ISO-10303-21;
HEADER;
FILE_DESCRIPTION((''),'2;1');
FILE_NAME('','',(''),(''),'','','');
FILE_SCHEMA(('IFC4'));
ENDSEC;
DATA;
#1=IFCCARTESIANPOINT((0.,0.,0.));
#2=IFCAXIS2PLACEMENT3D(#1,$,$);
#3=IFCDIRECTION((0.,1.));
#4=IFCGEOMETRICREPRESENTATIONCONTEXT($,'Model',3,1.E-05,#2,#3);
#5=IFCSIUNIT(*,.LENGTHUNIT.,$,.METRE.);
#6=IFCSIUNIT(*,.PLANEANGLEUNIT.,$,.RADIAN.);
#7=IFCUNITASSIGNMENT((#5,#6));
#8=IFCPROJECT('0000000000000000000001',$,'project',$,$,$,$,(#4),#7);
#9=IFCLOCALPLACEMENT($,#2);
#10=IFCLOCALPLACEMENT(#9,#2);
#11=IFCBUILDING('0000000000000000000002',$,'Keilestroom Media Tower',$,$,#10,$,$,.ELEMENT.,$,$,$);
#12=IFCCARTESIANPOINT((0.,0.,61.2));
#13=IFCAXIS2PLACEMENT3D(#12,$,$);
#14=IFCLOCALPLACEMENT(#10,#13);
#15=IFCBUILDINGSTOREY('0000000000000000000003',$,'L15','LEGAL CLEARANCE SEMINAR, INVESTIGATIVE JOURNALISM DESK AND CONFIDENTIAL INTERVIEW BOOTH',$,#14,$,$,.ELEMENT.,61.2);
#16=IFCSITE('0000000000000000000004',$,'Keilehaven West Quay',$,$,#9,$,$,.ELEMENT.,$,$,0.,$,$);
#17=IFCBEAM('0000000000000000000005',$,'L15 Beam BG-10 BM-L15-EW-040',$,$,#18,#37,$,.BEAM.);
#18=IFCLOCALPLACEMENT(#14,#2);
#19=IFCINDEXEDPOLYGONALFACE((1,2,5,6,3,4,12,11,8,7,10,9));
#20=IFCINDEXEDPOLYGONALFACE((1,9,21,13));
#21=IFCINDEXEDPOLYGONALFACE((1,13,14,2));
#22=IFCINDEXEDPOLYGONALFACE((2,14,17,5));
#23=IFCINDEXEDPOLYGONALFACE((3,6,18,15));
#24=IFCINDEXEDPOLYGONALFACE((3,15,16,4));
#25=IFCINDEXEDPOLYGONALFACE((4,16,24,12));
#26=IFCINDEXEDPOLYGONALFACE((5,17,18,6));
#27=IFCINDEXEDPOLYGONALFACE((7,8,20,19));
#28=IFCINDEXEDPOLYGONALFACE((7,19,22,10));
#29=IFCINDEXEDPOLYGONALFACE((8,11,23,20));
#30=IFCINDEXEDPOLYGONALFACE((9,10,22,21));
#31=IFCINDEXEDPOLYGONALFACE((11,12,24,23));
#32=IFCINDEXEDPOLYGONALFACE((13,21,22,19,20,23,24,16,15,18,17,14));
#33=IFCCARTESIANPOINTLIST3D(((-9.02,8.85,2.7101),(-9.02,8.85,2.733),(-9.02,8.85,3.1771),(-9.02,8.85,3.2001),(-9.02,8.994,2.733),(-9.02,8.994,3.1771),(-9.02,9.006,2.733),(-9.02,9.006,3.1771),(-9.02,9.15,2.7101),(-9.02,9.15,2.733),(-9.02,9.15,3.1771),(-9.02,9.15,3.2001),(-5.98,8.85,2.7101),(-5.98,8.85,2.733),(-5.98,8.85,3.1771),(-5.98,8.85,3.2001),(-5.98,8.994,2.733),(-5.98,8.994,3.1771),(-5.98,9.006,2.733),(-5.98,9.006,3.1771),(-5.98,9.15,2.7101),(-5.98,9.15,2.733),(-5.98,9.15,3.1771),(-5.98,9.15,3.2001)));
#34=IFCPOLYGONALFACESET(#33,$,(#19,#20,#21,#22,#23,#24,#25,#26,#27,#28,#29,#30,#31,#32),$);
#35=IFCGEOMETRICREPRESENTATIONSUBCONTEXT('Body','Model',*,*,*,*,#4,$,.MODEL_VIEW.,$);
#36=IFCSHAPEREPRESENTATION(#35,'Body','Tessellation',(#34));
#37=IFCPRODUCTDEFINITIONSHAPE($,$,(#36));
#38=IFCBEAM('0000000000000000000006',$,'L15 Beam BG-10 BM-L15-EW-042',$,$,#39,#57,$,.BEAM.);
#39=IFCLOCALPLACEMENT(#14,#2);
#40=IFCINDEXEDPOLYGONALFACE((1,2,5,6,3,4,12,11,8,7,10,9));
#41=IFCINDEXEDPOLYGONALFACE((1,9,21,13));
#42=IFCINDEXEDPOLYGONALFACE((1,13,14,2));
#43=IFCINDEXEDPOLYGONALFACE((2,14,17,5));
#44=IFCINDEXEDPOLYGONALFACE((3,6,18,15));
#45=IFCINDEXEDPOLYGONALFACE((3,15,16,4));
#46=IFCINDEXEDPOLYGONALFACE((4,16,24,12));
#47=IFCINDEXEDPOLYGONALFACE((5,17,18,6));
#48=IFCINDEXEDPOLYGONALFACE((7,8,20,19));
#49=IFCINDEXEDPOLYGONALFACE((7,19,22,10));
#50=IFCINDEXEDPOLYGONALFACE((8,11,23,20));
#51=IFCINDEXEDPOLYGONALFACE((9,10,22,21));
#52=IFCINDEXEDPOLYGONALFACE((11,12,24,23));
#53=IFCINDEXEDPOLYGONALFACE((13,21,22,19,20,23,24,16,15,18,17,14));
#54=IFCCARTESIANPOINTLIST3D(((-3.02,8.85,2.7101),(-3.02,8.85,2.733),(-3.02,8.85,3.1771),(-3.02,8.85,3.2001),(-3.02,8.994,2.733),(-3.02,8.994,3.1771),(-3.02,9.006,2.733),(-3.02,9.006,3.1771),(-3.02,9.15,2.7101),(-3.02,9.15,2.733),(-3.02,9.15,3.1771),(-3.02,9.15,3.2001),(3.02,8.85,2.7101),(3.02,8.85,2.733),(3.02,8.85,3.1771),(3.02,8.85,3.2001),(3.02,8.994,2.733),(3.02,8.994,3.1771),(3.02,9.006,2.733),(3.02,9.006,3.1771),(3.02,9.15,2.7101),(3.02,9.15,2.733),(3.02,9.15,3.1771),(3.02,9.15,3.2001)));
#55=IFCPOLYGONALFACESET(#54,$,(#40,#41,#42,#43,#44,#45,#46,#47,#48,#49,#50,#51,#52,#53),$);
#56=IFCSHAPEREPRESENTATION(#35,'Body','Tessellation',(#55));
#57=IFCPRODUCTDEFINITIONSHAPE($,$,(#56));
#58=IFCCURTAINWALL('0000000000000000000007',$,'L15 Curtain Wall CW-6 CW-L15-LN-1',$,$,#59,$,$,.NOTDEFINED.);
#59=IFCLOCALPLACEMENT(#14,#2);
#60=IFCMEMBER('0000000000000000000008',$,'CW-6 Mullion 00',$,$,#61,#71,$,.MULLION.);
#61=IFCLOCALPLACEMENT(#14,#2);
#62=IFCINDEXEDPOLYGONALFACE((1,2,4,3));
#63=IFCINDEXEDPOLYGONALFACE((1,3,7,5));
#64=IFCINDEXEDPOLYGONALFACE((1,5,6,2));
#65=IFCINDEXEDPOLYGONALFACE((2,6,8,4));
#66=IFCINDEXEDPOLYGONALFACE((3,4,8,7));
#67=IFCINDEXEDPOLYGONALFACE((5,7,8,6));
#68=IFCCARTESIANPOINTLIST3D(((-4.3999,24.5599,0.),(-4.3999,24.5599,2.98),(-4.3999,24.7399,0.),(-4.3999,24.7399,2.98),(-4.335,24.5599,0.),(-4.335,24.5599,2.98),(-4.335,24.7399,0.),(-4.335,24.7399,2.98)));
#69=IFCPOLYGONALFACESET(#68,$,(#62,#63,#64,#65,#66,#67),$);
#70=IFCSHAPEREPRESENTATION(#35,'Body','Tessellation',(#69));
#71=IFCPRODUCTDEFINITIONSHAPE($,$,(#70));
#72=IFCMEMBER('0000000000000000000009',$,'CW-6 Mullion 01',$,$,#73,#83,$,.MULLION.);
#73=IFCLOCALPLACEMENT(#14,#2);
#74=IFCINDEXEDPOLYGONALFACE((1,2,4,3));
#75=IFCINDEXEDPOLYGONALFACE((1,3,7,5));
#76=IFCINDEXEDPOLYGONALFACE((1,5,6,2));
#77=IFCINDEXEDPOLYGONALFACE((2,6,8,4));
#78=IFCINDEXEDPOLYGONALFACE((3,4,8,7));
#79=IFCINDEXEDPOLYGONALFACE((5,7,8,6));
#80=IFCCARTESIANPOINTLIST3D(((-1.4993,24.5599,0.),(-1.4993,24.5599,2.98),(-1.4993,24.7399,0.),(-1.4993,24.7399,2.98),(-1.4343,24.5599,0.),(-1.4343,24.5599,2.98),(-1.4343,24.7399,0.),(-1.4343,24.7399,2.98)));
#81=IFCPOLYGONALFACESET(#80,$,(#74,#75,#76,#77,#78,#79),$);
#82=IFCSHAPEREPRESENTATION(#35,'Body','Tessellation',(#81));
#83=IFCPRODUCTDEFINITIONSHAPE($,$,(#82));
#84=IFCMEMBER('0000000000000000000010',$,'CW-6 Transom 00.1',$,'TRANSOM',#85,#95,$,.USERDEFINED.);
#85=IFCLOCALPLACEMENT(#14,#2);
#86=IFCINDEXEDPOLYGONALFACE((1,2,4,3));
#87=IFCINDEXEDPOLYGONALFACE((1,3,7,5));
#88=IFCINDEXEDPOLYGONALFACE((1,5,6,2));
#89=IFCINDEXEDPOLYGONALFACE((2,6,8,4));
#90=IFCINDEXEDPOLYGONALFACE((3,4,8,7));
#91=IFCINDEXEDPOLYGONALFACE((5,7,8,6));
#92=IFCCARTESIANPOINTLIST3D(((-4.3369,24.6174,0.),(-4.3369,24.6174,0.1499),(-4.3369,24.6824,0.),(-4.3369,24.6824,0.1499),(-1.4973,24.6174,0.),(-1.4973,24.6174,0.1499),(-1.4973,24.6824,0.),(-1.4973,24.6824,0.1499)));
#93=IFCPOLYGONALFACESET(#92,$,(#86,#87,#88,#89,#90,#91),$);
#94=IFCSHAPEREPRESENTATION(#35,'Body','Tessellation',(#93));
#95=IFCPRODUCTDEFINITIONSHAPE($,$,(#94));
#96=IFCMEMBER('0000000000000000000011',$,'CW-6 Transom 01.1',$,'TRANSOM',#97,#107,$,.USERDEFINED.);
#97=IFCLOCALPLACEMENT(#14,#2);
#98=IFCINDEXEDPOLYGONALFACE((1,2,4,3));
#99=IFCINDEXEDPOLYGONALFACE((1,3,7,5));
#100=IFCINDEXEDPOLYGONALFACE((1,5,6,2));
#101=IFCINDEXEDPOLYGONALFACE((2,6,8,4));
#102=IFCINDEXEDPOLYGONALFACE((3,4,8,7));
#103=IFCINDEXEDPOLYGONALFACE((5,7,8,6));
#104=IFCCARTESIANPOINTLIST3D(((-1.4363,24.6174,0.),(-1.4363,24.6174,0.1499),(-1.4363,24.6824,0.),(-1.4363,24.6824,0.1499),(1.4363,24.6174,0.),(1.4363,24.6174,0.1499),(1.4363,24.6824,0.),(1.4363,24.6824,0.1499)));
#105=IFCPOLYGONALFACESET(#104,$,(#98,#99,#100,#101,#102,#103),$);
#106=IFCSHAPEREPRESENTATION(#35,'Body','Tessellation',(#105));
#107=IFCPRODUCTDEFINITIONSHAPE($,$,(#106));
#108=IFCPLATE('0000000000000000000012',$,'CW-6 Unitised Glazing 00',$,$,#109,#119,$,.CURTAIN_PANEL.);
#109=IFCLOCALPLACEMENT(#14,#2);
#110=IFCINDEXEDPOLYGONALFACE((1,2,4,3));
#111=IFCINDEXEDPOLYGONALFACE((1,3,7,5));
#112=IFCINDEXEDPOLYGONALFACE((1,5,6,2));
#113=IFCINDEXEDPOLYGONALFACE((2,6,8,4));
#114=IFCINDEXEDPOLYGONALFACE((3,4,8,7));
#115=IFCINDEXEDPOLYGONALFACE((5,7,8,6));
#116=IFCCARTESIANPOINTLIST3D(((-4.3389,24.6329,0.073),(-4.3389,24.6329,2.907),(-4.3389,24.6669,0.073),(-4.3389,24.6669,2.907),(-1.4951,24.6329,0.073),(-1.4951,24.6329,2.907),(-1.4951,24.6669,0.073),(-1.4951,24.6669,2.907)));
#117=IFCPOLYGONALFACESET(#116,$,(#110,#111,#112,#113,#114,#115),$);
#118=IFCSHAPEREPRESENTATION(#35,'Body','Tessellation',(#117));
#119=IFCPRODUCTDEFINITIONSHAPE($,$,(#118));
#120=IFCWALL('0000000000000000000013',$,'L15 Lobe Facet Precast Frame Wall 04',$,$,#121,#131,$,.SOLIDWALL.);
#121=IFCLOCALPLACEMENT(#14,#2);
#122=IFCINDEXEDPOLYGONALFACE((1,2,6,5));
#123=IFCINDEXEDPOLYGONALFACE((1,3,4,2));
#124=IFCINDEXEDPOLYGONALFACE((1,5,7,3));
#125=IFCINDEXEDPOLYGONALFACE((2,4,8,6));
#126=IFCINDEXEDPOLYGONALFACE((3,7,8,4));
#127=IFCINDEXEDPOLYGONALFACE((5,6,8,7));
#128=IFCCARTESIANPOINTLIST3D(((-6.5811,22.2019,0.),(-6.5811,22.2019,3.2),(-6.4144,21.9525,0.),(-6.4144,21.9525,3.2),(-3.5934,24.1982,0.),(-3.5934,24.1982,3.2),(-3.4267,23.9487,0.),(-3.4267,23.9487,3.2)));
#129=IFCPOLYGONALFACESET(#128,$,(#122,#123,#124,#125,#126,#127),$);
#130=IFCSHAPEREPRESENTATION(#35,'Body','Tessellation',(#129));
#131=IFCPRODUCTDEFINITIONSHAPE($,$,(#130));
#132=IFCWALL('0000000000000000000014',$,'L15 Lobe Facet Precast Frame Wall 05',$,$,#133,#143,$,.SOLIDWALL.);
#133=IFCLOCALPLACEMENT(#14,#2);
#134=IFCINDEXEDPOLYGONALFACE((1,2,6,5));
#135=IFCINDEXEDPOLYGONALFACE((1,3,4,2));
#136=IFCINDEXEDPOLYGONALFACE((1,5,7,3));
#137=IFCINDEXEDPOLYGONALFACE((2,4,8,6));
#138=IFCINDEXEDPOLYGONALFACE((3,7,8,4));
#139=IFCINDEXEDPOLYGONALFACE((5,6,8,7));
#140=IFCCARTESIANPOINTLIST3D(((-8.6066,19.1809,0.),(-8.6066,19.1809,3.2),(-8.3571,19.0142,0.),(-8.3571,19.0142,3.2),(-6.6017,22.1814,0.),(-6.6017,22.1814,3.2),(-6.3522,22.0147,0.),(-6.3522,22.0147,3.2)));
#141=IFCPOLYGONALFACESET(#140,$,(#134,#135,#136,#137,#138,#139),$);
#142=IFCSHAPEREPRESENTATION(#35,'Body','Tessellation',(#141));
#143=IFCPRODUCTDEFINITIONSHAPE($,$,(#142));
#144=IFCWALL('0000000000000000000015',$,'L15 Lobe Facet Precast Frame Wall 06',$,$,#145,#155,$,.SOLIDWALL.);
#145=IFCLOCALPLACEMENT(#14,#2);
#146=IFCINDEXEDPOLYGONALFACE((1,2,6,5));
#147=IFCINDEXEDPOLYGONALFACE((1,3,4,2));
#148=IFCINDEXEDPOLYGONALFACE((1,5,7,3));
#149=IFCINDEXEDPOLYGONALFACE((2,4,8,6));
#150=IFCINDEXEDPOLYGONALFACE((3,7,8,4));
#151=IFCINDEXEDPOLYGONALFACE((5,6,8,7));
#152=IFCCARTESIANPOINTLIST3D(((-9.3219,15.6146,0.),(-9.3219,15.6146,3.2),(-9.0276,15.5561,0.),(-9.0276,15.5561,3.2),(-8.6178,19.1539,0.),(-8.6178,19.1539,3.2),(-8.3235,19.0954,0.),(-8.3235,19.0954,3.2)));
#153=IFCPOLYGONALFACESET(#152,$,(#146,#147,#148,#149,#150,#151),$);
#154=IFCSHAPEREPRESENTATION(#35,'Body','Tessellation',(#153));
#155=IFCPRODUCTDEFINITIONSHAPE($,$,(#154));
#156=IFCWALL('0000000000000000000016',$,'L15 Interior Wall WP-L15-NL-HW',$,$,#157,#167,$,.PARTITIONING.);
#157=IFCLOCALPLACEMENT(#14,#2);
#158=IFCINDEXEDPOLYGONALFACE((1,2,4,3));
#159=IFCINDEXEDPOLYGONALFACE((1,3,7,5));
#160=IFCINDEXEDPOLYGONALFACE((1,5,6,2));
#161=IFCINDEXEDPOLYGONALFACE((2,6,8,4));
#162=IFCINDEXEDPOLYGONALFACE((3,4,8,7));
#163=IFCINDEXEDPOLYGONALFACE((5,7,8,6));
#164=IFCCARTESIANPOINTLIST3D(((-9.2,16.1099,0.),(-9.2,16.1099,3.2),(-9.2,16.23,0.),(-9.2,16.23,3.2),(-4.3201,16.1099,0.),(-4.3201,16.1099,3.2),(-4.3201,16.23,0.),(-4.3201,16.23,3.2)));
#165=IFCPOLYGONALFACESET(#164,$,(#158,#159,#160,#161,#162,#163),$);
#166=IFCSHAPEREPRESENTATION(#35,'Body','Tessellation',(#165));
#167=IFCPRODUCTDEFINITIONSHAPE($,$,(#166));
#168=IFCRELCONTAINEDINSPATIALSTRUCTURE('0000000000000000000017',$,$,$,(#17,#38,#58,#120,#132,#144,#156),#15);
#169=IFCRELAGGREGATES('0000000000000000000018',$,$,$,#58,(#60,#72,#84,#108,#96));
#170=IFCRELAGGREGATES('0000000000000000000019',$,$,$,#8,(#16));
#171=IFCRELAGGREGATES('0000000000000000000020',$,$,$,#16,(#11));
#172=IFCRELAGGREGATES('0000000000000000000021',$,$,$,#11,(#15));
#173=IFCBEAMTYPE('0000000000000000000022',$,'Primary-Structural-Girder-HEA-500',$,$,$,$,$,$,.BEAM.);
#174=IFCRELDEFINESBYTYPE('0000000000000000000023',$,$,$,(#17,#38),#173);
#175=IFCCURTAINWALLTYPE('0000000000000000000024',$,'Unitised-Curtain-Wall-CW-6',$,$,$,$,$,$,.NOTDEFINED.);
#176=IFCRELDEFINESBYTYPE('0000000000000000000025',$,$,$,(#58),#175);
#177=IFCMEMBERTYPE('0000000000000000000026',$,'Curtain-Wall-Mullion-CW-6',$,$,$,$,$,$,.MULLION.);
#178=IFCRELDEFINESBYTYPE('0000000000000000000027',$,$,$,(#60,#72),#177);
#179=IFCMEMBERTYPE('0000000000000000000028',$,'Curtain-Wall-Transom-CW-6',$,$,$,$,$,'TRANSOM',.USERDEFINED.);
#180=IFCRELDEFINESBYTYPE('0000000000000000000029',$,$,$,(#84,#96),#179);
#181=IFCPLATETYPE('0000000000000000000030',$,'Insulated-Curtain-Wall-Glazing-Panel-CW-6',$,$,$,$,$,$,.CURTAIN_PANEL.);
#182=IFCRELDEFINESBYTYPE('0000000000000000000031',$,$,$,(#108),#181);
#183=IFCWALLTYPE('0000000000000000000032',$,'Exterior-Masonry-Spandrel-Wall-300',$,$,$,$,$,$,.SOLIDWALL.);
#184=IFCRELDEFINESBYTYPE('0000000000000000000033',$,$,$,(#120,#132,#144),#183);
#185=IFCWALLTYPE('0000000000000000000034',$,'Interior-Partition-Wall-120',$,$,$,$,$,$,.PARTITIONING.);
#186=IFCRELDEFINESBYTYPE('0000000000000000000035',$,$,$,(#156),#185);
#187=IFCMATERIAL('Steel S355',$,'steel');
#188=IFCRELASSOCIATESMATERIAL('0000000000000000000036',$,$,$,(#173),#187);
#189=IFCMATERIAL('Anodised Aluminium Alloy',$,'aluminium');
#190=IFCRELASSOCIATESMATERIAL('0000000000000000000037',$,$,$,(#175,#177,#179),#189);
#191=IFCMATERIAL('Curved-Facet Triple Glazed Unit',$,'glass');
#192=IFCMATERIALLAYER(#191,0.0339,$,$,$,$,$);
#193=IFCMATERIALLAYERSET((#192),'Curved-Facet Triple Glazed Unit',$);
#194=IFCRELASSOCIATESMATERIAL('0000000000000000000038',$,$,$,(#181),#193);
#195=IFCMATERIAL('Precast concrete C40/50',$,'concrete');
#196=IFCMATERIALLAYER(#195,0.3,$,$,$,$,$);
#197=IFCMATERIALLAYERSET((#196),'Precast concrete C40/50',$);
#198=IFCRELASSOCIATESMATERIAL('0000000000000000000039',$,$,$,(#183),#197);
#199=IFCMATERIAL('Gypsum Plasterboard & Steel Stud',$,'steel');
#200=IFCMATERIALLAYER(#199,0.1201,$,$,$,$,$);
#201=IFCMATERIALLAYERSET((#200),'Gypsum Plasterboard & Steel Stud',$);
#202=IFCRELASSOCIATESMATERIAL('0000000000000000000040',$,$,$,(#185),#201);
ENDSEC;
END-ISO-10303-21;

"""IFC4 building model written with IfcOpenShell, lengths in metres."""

from ifc_helpers import new_model, si_unit, direction, frame, frame_2d, origin, origin_2d, place, context, subcontext, project, spatial, rectangle, i_section, extrude, source, transform, mapped, material, layer, layer_set, material_profile, profile_set, type_object, element, aggregate, save


model = new_model("IFC4")

# Units and contexts
model_context = context("Model", 3, precision=1e-05, world=origin(), true_north=direction((0.0, 1.0)))
body_context = subcontext(model_context, "Body", "Model", "MODEL_VIEW")
ifc_project = project(units=[si_unit("LENGTHUNIT", "METRE"), si_unit("PLANEANGLEUNIT", "RADIAN")], contexts=[model_context])

# Site, building, storey
site_placement = place(None, origin())
site = spatial("IfcSite", under=ifc_project, at=site_placement, Name="Keilehaven West Quay", CompositionType="ELEMENT", RefElevation=0.0)
building_placement = place(site_placement, origin())
building = spatial("IfcBuilding", under=site, at=building_placement, Name="Keilestroom Media Tower", CompositionType="ELEMENT")
storey_placement = place(building_placement, frame((0.0, 0.0, 61.2)))
storey = spatial("IfcBuildingStorey", under=building, at=storey_placement, Name="L15", Description="LEGAL CLEARANCE SEMINAR, INVESTIGATIVE JOURNALISM DESK AND CONFIDENTIAL INTERVIEW BOOTH", CompositionType="ELEMENT", Elevation=61.2)

# Beams
ifc_material_1 = material(Name="Steel S355", Category="steel")
ifc_material_profile_1 = material_profile(ifc_material_1, i_section(OverallWidth=0.3, OverallDepth=0.49, WebThickness=0.012, FlangeThickness=0.0229, at=origin_2d()), Name="HEA 500")
ifc_profile_set_1 = profile_set([ifc_material_profile_1], Name="Steel S355")
beam_type = type_object("IfcBeamType", Name="Primary-Structural-Girder-HEA-500", PredefinedType="BEAM", material=ifc_profile_set_1)
shared_shape_1 = source(origin(), body_context, "Body", "SweptSolid", [
    extrude(i_section(OverallWidth=0.3, OverallDepth=0.49, WebThickness=0.012, FlangeThickness=0.0229, at=origin_2d()), origin(), (0.0, 0.0, 1.0), 3.04),
])
beam_1_placement = place(storey_placement, frame((-9.02, 9.0, 2.9551), z_axis=(1.0, 0.0, 0.0), x_axis=(0.0, 1.0, 0.0)))
element("IfcBeam", 1, at=beam_1_placement, inside=storey, type_object=beam_type, Name="L15 Beam BG-10 BM-L15-EW-040", PredefinedType="BEAM", context=body_context, shape_type="MappedRepresentation", body=[
    mapped(shared_shape_1, transform((0.0, 0.0, 0.0), x_axis=(1.0, 0.0, 0.0), y_axis=(0.0, 1.0, 0.0), z_axis=(0.0, 0.0, 1.0), scale=1.0)),
])
shared_shape_2 = source(origin(), body_context, "Body", "SweptSolid", [
    extrude(i_section(OverallWidth=0.3, OverallDepth=0.49, WebThickness=0.012, FlangeThickness=0.0229, at=origin_2d()), origin(), (0.0, 0.0, 1.0), 6.04),
])
beam_2_placement = place(storey_placement, frame((-3.02, 9.0, 2.9551), z_axis=(1.0, 0.0, 0.0), x_axis=(0.0, 1.0, 0.0)))
element("IfcBeam", 2, at=beam_2_placement, inside=storey, type_object=beam_type, Name="L15 Beam BG-10 BM-L15-EW-042", PredefinedType="BEAM", context=body_context, shape_type="MappedRepresentation", body=[
    mapped(shared_shape_2, transform((0.0, 0.0, 0.0), x_axis=(1.0, 0.0, 0.0), y_axis=(0.0, 1.0, 0.0), z_axis=(0.0, 0.0, 1.0), scale=1.0)),
])

# Curtain wall, members, plate
ifc_material_2 = material(Name="Anodised Aluminium Alloy", Category="aluminium")
curtain_wall_type = type_object("IfcCurtainWallType", Name="Unitised-Curtain-Wall-CW-6", PredefinedType="NOTDEFINED", material=ifc_material_2)
curtain_wall_placement = place(storey_placement, origin())
curtain_wall = element("IfcCurtainWall", 3, at=curtain_wall_placement, inside=storey, type_object=curtain_wall_type, Name="L15 Curtain Wall CW-6 CW-L15-LN-1", PredefinedType="NOTDEFINED")
ifc_material_profile_2 = material_profile(ifc_material_2, rectangle(XDim=0.0649, YDim=0.1799, at=origin_2d()), Name="ALU MULLION 65x180")
ifc_profile_set_2 = profile_set([ifc_material_profile_2], Name="Anodised Aluminium Alloy")
member_type_1 = type_object("IfcMemberType", Name="Curtain-Wall-Mullion-CW-6", PredefinedType="MULLION", material=ifc_profile_set_2)
shared_shape_3 = source(origin(), body_context, "Body", "SweptSolid", [
    extrude(rectangle(XDim=0.0649, YDim=0.1799, at=origin_2d()), origin(), (0.0, 0.0, 1.0), 2.98),
])
member_1_placement = place(storey_placement, frame((-4.3674, 24.6499, 0.0), z_axis=(0.0, 0.0, 1.0), x_axis=(1.0, 0.0, 0.0)))
member_1 = element("IfcMember", 4, at=member_1_placement, type_object=member_type_1, Name="CW-6 Mullion 00", PredefinedType="MULLION", context=body_context, shape_type="MappedRepresentation", body=[
    mapped(shared_shape_3, transform((0.0, 0.0, 0.0), x_axis=(1.0, 0.0, 0.0), y_axis=(0.0, 1.0, 0.0), z_axis=(0.0, 0.0, 1.0), scale=1.0)),
])
member_2_placement = place(storey_placement, frame((-1.4668, 24.6499, 0.0), z_axis=(0.0, 0.0, 1.0), x_axis=(1.0, 0.0, 0.0)))
member_2 = element("IfcMember", 5, at=member_2_placement, type_object=member_type_1, Name="CW-6 Mullion 01", PredefinedType="MULLION", context=body_context, shape_type="MappedRepresentation", body=[
    mapped(shared_shape_3, transform((0.0, 0.0, 0.0), x_axis=(1.0, 0.0, 0.0), y_axis=(0.0, 1.0, 0.0), z_axis=(0.0, 0.0, 1.0), scale=1.0)),
])
ifc_material_profile_3 = material_profile(ifc_material_2, rectangle(XDim=0.0649, YDim=0.1499, at=origin_2d()), Name="ALU TRANSOM 65x150")
ifc_profile_set_3 = profile_set([ifc_material_profile_3], Name="Anodised Aluminium Alloy")
member_type_2 = type_object("IfcMemberType", Name="Curtain-Wall-Transom-CW-6", ElementType="TRANSOM", PredefinedType="USERDEFINED", material=ifc_profile_set_3)
shared_shape_4 = source(origin(), body_context, "Body", "SweptSolid", [
    extrude(rectangle(XDim=0.0649, YDim=0.1499, at=origin_2d()), origin(), (0.0, 0.0, 1.0), 2.8396),
])
member_3_placement = place(storey_placement, frame((-4.3369, 24.6499, 0.075), z_axis=(1.0, 0.0, 0.0), x_axis=(0.0, 1.0, 0.0)))
member_3 = element("IfcMember", 6, at=member_3_placement, type_object=member_type_2, Name="CW-6 Transom 00.1", ObjectType="TRANSOM", PredefinedType="USERDEFINED", context=body_context, shape_type="MappedRepresentation", body=[
    mapped(shared_shape_4, transform((0.0, 0.0, 0.0), x_axis=(1.0, 0.0, 0.0), y_axis=(0.0, 1.0, 0.0), z_axis=(0.0, 0.0, 1.0), scale=1.0)),
])
shared_shape_5 = source(origin(), body_context, "Body", "SweptSolid", [
    extrude(rectangle(XDim=0.0649, YDim=0.1499, at=origin_2d()), origin(), (0.0, 0.0, 1.0), 2.8726),
])
member_4_placement = place(storey_placement, frame((-1.4363, 24.6499, 0.075), z_axis=(1.0, 0.0, 0.0), x_axis=(0.0, 1.0, 0.0)))
member_4 = element("IfcMember", 7, at=member_4_placement, type_object=member_type_2, Name="CW-6 Transom 01.1", ObjectType="TRANSOM", PredefinedType="USERDEFINED", context=body_context, shape_type="MappedRepresentation", body=[
    mapped(shared_shape_5, transform((0.0, 0.0, 0.0), x_axis=(1.0, 0.0, 0.0), y_axis=(0.0, 1.0, 0.0), z_axis=(0.0, 0.0, 1.0), scale=1.0)),
])
ifc_material_3 = material(Name="Curved-Facet Triple Glazed Unit", Category="glass")
ifc_layer_1 = layer(ifc_material_3, 0.0339)
ifc_layer_set_1 = layer_set([ifc_layer_1], Name="Curved-Facet Triple Glazed Unit")
plate_type = type_object("IfcPlateType", Name="Insulated-Curtain-Wall-Glazing-Panel-CW-6", PredefinedType="CURTAIN_PANEL", material=ifc_layer_set_1)
shared_shape_6 = source(origin(), body_context, "Body", "SweptSolid", [
    extrude(rectangle(XDim=2.8438, YDim=0.0339, at=origin_2d()), origin(), (0.0, 0.0, 1.0), 2.834),
])
plate_placement = place(storey_placement, frame((-2.917, 24.6499, 0.073), z_axis=(0.0, 0.0, 1.0), x_axis=(1.0, 0.0, 0.0)))
plate = element("IfcPlate", 8, at=plate_placement, type_object=plate_type, Name="CW-6 Unitised Glazing 00", PredefinedType="CURTAIN_PANEL", context=body_context, shape_type="MappedRepresentation", body=[
    mapped(shared_shape_6, transform((0.0, 0.0, 0.0), x_axis=(1.0, 0.0, 0.0), y_axis=(0.0, 1.0, 0.0), z_axis=(0.0, 0.0, 1.0), scale=1.0)),
])
aggregate(curtain_wall, [member_1, member_2, member_3, plate, member_4])

# Walls
ifc_material_4 = material(Name="Precast concrete C40/50", Category="concrete")
ifc_layer_2 = layer(ifc_material_4, 0.3)
ifc_layer_set_2 = layer_set([ifc_layer_2], Name="Precast concrete C40/50")
wall_type_1 = type_object("IfcWallType", Name="Exterior-Masonry-Spandrel-Wall-300", PredefinedType="SOLIDWALL", material=ifc_layer_set_2)
wall_1_placement = place(storey_placement, frame((-3.51, 24.0735, 0.0), z_axis=(0.0, 0.0, 1.0), x_axis=(-0.831475, -0.555562, 0.0)))
element("IfcWall", 9, at=wall_1_placement, inside=storey, type_object=wall_type_1, Name="L15 Lobe Facet Precast Frame Wall 04", PredefinedType="SOLIDWALL", context=body_context, shape_type="SweptSolid", body=[
    extrude(rectangle(XDim=3.5933, YDim=0.3, at=frame_2d((1.7966, 0.0))), origin(), (0.0, 0.0, 1.0), 3.2),
])
for number, where, z_axis, x_axis, name in (
    (10, (-6.4771, 22.0979, 0.0), (0.0, 0.0, 1.0), (-0.555574, -0.831467, 0.0), "L15 Lobe Facet Precast Frame Wall 05"),
    (11, (-8.4707, 19.1245, 0.0), (0.0, 0.0, 1.0), (-0.195114, -0.980781, 0.0), "L15 Lobe Facet Precast Frame Wall 06"),
):
    element("IfcWall", number, at=place(storey_placement, frame(where, z_axis=z_axis, x_axis=x_axis)), inside=storey, type_object=wall_type_1, Name=name, PredefinedType="SOLIDWALL", context=body_context, shape_type="SweptSolid", body=[
        extrude(rectangle(XDim=3.6086, YDim=0.3, at=frame_2d((1.8042, 0.0))), origin(), (0.0, 0.0, 1.0), 3.2),
    ])
ifc_material_5 = material(Name="Gypsum Plasterboard & Steel Stud", Category="steel")
ifc_layer_3 = layer(ifc_material_5, 0.1201)
ifc_layer_set_3 = layer_set([ifc_layer_3], Name="Gypsum Plasterboard & Steel Stud")
wall_type_2 = type_object("IfcWallType", Name="Interior-Partition-Wall-120", PredefinedType="PARTITIONING", material=ifc_layer_set_3)
wall_2_placement = place(storey_placement, frame((-9.2, 16.1699, 0.0), z_axis=(0.0, 0.0, 1.0), x_axis=(1.0, 0.0, 0.0)))
element("IfcWall", 12, at=wall_2_placement, inside=storey, type_object=wall_type_2, Name="L15 Interior Wall WP-L15-NL-HW", PredefinedType="PARTITIONING", context=body_context, shape_type="SweptSolid", body=[
    extrude(rectangle(XDim=4.8799, YDim=0.1201, at=frame_2d((2.4399, 0.0))), origin(), (0.0, 0.0, 1.0), 3.2),
])

save(model, "model.ifc")
